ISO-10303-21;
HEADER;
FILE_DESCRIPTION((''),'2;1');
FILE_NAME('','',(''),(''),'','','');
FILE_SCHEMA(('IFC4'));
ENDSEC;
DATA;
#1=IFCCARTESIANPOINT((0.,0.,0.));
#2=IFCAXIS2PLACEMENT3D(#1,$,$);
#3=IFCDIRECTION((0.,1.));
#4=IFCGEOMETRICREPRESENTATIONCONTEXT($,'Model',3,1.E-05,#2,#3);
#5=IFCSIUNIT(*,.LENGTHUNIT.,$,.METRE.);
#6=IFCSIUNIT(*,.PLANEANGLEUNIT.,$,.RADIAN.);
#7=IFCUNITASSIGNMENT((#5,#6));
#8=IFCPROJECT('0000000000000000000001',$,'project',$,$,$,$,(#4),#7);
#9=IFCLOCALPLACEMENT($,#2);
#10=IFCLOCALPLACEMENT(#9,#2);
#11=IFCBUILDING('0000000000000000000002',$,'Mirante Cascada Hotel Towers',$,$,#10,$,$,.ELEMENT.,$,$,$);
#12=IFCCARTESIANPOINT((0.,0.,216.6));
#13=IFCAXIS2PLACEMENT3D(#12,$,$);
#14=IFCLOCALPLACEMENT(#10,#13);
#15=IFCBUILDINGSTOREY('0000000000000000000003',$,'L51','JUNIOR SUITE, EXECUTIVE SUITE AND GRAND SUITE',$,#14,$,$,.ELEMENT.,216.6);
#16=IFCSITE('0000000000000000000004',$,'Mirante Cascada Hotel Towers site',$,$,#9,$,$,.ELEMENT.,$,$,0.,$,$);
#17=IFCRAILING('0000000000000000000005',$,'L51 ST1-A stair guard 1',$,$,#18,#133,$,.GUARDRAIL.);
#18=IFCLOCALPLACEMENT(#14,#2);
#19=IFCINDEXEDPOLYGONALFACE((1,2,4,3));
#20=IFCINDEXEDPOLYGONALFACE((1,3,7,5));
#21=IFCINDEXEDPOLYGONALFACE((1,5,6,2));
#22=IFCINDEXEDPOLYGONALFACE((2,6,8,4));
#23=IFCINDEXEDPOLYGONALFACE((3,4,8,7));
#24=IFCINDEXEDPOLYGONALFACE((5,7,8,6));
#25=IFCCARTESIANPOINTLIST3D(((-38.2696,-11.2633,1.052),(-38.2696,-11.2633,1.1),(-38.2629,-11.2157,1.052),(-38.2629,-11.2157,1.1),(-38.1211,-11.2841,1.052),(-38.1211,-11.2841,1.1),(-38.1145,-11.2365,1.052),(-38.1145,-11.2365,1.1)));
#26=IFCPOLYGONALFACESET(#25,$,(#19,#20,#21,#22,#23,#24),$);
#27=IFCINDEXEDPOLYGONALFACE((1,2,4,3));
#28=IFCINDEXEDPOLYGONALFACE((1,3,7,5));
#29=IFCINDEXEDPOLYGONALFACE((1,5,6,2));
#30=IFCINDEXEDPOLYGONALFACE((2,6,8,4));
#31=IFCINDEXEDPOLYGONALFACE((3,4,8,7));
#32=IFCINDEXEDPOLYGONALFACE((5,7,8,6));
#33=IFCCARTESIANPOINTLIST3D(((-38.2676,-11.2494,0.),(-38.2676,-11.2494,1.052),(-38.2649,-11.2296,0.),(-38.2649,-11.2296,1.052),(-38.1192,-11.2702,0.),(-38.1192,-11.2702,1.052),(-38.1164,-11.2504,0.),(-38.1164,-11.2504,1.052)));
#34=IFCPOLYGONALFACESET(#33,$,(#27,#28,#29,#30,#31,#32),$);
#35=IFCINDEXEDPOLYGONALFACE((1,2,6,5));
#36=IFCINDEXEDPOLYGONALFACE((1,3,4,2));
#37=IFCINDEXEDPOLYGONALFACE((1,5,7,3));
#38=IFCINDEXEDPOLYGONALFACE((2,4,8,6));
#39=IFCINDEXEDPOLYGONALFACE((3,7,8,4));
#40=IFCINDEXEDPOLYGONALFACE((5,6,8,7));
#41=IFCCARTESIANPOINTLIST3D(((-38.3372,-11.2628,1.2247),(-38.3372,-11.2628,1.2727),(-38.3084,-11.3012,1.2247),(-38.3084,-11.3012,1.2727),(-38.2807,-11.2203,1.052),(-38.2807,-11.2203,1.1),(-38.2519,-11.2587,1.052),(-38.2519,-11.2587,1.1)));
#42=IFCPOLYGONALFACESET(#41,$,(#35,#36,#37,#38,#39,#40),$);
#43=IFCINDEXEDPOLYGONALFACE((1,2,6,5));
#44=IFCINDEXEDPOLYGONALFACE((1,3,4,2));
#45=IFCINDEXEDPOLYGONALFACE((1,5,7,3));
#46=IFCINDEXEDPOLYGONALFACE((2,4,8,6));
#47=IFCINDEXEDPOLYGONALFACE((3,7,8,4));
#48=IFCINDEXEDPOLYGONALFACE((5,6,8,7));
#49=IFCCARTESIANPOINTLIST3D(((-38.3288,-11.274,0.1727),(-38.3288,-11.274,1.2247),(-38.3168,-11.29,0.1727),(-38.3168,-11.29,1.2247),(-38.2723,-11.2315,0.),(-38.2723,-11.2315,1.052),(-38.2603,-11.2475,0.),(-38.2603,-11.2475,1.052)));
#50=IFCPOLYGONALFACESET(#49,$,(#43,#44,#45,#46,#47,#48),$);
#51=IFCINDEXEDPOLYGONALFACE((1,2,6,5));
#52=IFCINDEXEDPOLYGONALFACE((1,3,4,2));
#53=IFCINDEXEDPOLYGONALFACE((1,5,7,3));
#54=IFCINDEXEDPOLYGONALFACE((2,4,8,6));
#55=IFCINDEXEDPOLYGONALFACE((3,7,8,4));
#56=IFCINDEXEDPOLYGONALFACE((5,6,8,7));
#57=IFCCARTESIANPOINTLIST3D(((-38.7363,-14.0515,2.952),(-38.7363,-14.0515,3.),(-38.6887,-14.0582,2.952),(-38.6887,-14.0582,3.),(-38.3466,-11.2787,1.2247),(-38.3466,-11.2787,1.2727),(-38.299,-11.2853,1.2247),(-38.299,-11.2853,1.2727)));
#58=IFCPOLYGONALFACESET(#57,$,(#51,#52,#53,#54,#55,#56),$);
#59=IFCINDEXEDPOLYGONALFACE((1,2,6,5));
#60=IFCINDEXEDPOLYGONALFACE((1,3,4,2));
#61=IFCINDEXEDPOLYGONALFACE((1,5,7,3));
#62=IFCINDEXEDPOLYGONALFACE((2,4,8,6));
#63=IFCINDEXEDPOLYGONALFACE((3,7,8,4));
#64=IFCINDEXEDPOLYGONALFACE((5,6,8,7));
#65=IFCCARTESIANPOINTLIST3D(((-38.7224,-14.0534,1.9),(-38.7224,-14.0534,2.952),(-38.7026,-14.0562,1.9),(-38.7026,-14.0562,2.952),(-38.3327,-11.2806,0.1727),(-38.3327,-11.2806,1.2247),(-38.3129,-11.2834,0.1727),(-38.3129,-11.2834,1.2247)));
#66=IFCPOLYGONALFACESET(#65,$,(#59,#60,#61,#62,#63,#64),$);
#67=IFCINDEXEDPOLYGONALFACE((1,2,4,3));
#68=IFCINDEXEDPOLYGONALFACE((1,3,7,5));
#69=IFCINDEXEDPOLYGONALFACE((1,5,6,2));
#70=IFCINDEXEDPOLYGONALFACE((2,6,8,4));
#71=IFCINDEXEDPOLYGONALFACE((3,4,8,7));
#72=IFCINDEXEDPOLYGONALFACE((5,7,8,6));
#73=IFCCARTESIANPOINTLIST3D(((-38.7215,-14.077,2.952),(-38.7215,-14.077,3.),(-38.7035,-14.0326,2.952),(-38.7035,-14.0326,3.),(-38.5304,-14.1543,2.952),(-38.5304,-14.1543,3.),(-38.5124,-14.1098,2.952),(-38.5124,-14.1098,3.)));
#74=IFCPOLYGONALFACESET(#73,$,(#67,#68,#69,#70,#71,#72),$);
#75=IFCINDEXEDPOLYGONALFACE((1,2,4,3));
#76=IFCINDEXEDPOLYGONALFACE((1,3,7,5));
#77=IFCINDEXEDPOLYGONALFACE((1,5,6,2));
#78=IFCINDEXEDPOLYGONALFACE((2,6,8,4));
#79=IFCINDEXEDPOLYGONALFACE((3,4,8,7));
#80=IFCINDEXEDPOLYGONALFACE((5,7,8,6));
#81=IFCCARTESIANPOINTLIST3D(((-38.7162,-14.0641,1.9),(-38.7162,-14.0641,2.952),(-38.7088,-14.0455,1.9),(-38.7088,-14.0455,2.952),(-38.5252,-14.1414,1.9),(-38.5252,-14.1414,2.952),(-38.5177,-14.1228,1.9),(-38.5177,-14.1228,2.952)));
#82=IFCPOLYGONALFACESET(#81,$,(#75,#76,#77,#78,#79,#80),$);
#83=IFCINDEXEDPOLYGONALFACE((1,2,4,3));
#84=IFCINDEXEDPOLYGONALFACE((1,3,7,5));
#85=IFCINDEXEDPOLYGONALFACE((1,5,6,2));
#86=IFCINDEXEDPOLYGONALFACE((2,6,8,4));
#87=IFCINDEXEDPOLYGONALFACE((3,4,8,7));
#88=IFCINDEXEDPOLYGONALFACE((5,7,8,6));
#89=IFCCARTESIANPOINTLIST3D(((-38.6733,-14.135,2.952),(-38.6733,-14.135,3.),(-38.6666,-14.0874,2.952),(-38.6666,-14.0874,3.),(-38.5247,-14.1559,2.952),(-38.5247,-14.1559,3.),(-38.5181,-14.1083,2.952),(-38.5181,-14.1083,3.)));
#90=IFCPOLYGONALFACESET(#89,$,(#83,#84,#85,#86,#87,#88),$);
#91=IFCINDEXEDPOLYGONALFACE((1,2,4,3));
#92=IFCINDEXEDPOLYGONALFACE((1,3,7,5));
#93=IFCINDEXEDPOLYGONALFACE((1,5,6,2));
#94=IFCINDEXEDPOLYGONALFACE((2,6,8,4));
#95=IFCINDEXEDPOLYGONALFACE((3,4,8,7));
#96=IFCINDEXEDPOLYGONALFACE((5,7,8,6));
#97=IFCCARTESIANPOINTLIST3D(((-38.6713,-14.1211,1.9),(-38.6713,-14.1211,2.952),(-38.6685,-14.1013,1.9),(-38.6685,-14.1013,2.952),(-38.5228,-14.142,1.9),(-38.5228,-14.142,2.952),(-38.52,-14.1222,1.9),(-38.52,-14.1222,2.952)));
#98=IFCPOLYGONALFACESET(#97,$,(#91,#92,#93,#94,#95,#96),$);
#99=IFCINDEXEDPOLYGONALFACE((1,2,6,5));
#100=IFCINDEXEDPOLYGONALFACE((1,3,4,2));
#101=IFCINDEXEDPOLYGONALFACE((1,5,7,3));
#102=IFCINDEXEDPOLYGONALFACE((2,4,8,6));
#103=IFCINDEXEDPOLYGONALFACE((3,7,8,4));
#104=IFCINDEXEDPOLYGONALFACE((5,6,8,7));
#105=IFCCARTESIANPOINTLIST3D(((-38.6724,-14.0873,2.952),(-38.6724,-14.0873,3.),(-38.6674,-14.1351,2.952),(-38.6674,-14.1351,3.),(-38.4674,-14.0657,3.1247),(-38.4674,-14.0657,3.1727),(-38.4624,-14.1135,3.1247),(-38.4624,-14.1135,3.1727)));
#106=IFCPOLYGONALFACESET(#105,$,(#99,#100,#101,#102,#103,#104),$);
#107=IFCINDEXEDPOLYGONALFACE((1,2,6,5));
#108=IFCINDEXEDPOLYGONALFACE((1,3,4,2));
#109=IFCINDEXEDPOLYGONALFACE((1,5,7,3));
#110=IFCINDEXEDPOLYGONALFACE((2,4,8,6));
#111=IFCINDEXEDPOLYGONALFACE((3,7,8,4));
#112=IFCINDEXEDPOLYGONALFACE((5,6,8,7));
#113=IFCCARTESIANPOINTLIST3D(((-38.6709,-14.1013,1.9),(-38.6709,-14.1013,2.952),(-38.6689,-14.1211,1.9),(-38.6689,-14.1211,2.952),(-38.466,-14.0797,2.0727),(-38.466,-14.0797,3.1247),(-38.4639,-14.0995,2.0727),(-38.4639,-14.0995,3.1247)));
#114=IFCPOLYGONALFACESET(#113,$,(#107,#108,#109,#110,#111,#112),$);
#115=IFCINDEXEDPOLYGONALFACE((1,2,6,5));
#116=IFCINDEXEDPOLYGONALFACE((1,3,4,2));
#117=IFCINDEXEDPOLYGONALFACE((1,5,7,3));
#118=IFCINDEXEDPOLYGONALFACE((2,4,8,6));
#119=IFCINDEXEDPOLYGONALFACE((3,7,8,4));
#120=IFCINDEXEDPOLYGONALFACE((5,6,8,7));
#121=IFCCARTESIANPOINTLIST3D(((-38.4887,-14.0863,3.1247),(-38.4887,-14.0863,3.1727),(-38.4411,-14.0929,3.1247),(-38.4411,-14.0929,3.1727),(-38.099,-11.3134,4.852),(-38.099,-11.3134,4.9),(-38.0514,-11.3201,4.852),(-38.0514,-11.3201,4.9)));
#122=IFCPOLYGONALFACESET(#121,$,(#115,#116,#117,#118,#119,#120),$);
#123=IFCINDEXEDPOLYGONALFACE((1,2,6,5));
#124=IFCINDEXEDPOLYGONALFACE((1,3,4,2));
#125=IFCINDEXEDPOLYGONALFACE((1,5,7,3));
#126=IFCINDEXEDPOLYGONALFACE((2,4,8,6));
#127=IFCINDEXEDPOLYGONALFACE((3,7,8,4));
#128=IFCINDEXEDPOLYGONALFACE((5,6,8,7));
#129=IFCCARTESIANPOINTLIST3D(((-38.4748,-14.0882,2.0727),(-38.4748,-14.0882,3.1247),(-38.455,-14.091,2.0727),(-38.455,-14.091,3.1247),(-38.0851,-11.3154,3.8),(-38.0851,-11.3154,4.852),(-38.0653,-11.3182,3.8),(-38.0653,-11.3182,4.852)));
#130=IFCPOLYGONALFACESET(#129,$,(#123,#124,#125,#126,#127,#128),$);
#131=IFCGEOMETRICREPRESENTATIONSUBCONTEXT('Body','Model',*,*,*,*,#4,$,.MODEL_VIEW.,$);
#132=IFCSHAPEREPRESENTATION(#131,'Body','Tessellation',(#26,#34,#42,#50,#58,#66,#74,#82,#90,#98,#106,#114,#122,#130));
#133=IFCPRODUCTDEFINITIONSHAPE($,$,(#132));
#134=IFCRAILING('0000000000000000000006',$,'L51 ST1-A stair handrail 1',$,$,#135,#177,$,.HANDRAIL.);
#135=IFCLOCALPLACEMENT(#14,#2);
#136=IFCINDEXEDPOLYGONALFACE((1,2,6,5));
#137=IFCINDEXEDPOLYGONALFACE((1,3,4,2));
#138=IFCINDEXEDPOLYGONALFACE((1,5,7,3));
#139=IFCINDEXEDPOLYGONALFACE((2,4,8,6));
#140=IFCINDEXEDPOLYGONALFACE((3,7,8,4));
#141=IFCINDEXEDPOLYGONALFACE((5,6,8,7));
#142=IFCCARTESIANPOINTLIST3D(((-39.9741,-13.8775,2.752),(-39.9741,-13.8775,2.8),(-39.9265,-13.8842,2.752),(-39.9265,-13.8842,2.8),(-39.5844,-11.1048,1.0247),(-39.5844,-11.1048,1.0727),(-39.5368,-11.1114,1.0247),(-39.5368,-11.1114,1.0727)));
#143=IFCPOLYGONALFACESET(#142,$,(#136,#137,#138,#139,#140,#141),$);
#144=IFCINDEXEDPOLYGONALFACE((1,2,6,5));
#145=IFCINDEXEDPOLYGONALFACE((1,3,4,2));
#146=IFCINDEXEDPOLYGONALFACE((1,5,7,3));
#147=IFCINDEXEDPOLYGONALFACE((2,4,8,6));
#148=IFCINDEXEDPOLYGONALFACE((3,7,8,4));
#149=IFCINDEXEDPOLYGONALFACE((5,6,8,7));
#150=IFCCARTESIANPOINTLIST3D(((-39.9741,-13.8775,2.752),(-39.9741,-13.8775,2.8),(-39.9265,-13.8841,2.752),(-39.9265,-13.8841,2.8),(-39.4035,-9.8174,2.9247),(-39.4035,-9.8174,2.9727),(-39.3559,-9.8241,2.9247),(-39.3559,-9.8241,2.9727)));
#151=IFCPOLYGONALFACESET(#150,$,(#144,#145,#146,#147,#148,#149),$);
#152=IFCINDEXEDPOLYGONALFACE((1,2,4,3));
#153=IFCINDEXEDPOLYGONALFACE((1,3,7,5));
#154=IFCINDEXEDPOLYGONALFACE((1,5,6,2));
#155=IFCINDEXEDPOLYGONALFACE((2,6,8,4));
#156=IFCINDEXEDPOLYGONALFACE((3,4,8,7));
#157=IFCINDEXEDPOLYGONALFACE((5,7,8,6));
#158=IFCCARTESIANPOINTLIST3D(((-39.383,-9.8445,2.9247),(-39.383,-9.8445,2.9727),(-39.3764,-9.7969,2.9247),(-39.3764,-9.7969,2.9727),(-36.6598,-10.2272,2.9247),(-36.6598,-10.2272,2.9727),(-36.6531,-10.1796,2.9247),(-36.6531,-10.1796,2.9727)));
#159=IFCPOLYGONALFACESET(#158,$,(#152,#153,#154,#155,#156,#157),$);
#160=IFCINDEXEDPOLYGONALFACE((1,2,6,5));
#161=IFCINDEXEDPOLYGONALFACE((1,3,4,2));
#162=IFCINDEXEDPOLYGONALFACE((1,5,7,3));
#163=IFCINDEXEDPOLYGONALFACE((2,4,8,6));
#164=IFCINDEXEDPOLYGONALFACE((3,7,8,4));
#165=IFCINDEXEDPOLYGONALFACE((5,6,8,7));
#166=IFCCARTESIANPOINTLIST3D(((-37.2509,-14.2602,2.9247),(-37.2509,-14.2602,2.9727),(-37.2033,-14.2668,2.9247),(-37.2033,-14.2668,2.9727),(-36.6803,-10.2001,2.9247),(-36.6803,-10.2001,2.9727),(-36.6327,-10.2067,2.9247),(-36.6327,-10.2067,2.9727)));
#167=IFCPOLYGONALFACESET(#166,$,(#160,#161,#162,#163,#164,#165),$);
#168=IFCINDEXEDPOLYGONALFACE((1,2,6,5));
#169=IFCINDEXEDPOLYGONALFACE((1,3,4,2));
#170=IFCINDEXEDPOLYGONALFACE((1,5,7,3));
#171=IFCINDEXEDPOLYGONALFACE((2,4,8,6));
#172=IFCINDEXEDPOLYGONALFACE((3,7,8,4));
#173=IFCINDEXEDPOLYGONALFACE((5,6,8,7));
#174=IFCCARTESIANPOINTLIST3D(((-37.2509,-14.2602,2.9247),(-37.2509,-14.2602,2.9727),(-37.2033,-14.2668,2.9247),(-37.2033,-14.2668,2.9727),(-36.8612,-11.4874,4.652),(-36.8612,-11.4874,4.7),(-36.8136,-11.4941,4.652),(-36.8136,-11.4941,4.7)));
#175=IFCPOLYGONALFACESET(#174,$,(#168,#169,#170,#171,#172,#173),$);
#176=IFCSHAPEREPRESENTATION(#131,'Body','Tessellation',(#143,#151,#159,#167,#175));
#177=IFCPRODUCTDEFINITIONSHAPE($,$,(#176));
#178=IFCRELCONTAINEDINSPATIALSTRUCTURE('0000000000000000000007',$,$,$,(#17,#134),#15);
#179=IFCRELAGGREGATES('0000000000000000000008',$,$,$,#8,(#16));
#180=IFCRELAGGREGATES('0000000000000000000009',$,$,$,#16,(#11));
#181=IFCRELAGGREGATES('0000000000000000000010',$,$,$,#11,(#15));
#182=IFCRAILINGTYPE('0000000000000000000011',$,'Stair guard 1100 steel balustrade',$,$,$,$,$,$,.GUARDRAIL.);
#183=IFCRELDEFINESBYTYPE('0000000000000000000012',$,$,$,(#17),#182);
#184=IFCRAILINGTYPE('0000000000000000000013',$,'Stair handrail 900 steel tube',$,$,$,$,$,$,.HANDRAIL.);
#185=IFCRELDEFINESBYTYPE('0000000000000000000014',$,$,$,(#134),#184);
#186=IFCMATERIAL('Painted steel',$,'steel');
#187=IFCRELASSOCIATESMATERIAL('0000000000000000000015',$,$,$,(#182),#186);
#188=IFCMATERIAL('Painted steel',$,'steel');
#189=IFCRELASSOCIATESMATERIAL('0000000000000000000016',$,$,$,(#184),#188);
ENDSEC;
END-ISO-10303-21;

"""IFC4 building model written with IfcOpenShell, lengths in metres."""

from ifc_helpers import new_model, si_unit, direction, frame, origin, origin_2d, place, context, subcontext, project, spatial, rectangle, extrude, material, type_object, element, save


model = new_model("IFC4")

# Units and contexts
model_context = context("Model", 3, precision=1e-05, world=origin(), true_north=direction((0.0, 1.0)))
body_context = subcontext(model_context, "Body", "Model", "MODEL_VIEW")
ifc_project = project(units=[si_unit("LENGTHUNIT", "METRE"), si_unit("PLANEANGLEUNIT", "RADIAN")], contexts=[model_context])

# Site, building, storey
site_placement = place(None, origin())
site = spatial("IfcSite", under=ifc_project, at=site_placement, Name="Mirante Cascada Hotel Towers site", CompositionType="ELEMENT", RefElevation=0.0)
building_placement = place(site_placement, origin())
building = spatial("IfcBuilding", under=site, at=building_placement, Name="Mirante Cascada Hotel Towers", CompositionType="ELEMENT")
storey_placement = place(building_placement, frame((0.0, 0.0, 216.6)))
storey = spatial("IfcBuildingStorey", under=building, at=storey_placement, Name="L51", Description="JUNIOR SUITE, EXECUTIVE SUITE AND GRAND SUITE", CompositionType="ELEMENT", Elevation=216.6)

# Railings
ifc_material_1 = material(Name="Painted steel", Category="steel")
railing_type_1 = type_object("IfcRailingType", Name="Stair guard 1100 steel balustrade", PredefinedType="GUARDRAIL", material=ifc_material_1)
railing_1_placement = place(storey_placement, frame((-38.1178, -11.2603, 0.0)))
element("IfcRailing", 1, at=railing_1_placement, inside=storey, type_object=railing_type_1, Name="L51 ST1-A stair guard 1", PredefinedType="GUARDRAIL", context=body_context, shape_type="SweptSolid", body=[
    extrude(rectangle(XDim=0.048, YDim=0.048, at=origin_2d()), frame((0.0, 0.0, 1.076), z_axis=(-0.990333, 0.138713, 0.0), x_axis=(-0.138713, -0.990333, 0.0)), (0.0, 0.0, 1.0), 0.1499),
    extrude(rectangle(XDim=0.02, YDim=1.052, at=origin_2d()), frame((0.0, 0.0, 0.526), z_axis=(-0.990333, 0.138713, 0.0), x_axis=(-0.138713, -0.990333, 0.0)), (0.0, 0.0, 1.0), 0.1499),
    extrude(rectangle(XDim=0.048, YDim=0.048, at=origin_2d()), frame((-0.1485, 0.0208, 1.076), z_axis=(-0.79915, -0.601131, 0.0), x_axis=(0.601131, -0.79915, 0.0)), (0.0, 0.925453, 0.378863), 0.1866),
    extrude(rectangle(XDim=0.02, YDim=1.052, at=origin_2d()), frame((-0.1485, 0.0208, 0.526), z_axis=(-0.79915, -0.601131, 0.0), x_axis=(0.601131, -0.79915, 0.0)), (0.0, 0.925453, 0.378863), 0.1866),
    extrude(rectangle(XDim=0.048, YDim=0.048, at=origin_2d()), frame((-0.205, -0.0217, 1.2487), z_axis=(-0.139176, -0.990268, 0.0), x_axis=(0.990268, -0.139176, 0.0)), (0.0, 0.525021, 0.851089), 3.29),
    extrude(rectangle(XDim=0.02, YDim=1.052, at=origin_2d()), frame((-0.205, -0.0217, 0.6987), z_axis=(-0.139176, -0.990268, 0.0), x_axis=(0.990268, -0.139176, 0.0)), (0.0, 0.525021, 0.851089), 3.29),
    extrude(rectangle(XDim=0.048, YDim=0.048, at=origin_2d()), frame((-0.5947, -2.7945, 2.976), z_axis=(0.927031, -0.374984, 0.0), x_axis=(0.374984, 0.927031, 0.0)), (0.0, 0.0, 1.0), 0.2061),
    extrude(rectangle(XDim=0.02, YDim=1.052, at=origin_2d()), frame((-0.5947, -2.7945, 2.426), z_axis=(0.927031, -0.374984, 0.0), x_axis=(0.374984, 0.927031, 0.0)), (0.0, 0.0, 1.0), 0.2061),
    extrude(rectangle(XDim=0.048, YDim=0.048, at=origin_2d()), frame((-0.4036, -2.8718, 2.976), z_axis=(-0.990241, 0.139367, 0.0), x_axis=(-0.139367, -0.990241, 0.0)), (0.0, 0.0, 1.0), 0.15),
    extrude(rectangle(XDim=0.02, YDim=1.052, at=origin_2d()), frame((-0.4036, -2.8718, 2.426), z_axis=(-0.990241, 0.139367, 0.0), x_axis=(-0.139367, -0.990241, 0.0)), (0.0, 0.0, 1.0), 0.15),
    extrude(rectangle(XDim=0.048, YDim=0.048, at=origin_2d()), frame((-0.5521, -2.8509, 2.976), z_axis=(0.994495, 0.104786, 0.0), x_axis=(-0.104786, 0.994495, 0.0)), (0.0, 0.642203, 0.766534), 0.2689),
    extrude(rectangle(XDim=0.02, YDim=1.052, at=origin_2d()), frame((-0.5521, -2.8509, 2.426), z_axis=(0.994495, 0.104786, 0.0), x_axis=(-0.104786, 0.994495, 0.0)), (0.0, 0.642203, 0.766534), 0.2689),
    extrude(rectangle(XDim=0.048, YDim=0.048, at=origin_2d()), frame((-0.3471, -2.8293, 3.1487), z_axis=(0.139176, 0.990268, 0.0), x_axis=(-0.990268, 0.139176, 0.0)), (0.0, 0.525021, 0.851089), 3.29),
    extrude(rectangle(XDim=0.02, YDim=1.052, at=origin_2d()), frame((-0.3471, -2.8293, 2.5987), z_axis=(0.139176, 0.990268, 0.0), x_axis=(-0.990268, 0.139176, 0.0)), (0.0, 0.525021, 0.851089), 3.29),
])
ifc_material_2 = material(Name="Painted steel", Category="steel")
railing_type_2 = type_object("IfcRailingType", Name="Stair handrail 900 steel tube", PredefinedType="HANDRAIL", material=ifc_material_2)
railing_2_placement = place(storey_placement, frame((-39.5606, -11.1081, 0.1727)))
element("IfcRailing", 2, at=railing_2_placement, inside=storey, type_object=railing_type_2, Name="L51 ST1-A stair handrail 1", PredefinedType="HANDRAIL", context=body_context, shape_type="SweptSolid", body=[
    extrude(rectangle(XDim=0.048, YDim=0.048, at=origin_2d()), frame((0.0, 0.0, 0.876), z_axis=(-0.139181, -0.990267, 0.0), x_axis=(0.990267, -0.139181, 0.0)), (0.0, 0.525035, 0.851081), 3.2899),
    extrude(rectangle(XDim=0.048, YDim=0.048, at=origin_2d()), frame((-0.3897, -2.7727, 2.6033), z_axis=(0.139171, 0.990268, 0.0), x_axis=(-0.990268, 0.139171, 0.0)), (0.0, 0.042085, 0.999114), 4.1036),
    extrude(rectangle(XDim=0.048, YDim=0.048, at=origin_2d()), frame((0.1809, 1.2874, 2.776), z_axis=(0.990269, -0.139166, 0.0), x_axis=(0.139166, 0.990269, 0.0)), (0.0, 0.0, 1.0), 2.75),
    extrude(rectangle(XDim=0.048, YDim=0.048, at=origin_2d()), frame((2.9041, 0.9047, 2.776), z_axis=(-0.139171, -0.990268, 0.0), x_axis=(0.990268, -0.139171, 0.0)), (0.0, 0.0, 1.0), 4.1),
    extrude(rectangle(XDim=0.048, YDim=0.048, at=origin_2d()), frame((2.3335, -3.1554, 2.776), z_axis=(0.139181, 0.990267, 0.0), x_axis=(-0.990267, 0.139181, 0.0)), (0.0, 0.525035, 0.851081), 3.2899),
])

save(model, "model.ifc")
